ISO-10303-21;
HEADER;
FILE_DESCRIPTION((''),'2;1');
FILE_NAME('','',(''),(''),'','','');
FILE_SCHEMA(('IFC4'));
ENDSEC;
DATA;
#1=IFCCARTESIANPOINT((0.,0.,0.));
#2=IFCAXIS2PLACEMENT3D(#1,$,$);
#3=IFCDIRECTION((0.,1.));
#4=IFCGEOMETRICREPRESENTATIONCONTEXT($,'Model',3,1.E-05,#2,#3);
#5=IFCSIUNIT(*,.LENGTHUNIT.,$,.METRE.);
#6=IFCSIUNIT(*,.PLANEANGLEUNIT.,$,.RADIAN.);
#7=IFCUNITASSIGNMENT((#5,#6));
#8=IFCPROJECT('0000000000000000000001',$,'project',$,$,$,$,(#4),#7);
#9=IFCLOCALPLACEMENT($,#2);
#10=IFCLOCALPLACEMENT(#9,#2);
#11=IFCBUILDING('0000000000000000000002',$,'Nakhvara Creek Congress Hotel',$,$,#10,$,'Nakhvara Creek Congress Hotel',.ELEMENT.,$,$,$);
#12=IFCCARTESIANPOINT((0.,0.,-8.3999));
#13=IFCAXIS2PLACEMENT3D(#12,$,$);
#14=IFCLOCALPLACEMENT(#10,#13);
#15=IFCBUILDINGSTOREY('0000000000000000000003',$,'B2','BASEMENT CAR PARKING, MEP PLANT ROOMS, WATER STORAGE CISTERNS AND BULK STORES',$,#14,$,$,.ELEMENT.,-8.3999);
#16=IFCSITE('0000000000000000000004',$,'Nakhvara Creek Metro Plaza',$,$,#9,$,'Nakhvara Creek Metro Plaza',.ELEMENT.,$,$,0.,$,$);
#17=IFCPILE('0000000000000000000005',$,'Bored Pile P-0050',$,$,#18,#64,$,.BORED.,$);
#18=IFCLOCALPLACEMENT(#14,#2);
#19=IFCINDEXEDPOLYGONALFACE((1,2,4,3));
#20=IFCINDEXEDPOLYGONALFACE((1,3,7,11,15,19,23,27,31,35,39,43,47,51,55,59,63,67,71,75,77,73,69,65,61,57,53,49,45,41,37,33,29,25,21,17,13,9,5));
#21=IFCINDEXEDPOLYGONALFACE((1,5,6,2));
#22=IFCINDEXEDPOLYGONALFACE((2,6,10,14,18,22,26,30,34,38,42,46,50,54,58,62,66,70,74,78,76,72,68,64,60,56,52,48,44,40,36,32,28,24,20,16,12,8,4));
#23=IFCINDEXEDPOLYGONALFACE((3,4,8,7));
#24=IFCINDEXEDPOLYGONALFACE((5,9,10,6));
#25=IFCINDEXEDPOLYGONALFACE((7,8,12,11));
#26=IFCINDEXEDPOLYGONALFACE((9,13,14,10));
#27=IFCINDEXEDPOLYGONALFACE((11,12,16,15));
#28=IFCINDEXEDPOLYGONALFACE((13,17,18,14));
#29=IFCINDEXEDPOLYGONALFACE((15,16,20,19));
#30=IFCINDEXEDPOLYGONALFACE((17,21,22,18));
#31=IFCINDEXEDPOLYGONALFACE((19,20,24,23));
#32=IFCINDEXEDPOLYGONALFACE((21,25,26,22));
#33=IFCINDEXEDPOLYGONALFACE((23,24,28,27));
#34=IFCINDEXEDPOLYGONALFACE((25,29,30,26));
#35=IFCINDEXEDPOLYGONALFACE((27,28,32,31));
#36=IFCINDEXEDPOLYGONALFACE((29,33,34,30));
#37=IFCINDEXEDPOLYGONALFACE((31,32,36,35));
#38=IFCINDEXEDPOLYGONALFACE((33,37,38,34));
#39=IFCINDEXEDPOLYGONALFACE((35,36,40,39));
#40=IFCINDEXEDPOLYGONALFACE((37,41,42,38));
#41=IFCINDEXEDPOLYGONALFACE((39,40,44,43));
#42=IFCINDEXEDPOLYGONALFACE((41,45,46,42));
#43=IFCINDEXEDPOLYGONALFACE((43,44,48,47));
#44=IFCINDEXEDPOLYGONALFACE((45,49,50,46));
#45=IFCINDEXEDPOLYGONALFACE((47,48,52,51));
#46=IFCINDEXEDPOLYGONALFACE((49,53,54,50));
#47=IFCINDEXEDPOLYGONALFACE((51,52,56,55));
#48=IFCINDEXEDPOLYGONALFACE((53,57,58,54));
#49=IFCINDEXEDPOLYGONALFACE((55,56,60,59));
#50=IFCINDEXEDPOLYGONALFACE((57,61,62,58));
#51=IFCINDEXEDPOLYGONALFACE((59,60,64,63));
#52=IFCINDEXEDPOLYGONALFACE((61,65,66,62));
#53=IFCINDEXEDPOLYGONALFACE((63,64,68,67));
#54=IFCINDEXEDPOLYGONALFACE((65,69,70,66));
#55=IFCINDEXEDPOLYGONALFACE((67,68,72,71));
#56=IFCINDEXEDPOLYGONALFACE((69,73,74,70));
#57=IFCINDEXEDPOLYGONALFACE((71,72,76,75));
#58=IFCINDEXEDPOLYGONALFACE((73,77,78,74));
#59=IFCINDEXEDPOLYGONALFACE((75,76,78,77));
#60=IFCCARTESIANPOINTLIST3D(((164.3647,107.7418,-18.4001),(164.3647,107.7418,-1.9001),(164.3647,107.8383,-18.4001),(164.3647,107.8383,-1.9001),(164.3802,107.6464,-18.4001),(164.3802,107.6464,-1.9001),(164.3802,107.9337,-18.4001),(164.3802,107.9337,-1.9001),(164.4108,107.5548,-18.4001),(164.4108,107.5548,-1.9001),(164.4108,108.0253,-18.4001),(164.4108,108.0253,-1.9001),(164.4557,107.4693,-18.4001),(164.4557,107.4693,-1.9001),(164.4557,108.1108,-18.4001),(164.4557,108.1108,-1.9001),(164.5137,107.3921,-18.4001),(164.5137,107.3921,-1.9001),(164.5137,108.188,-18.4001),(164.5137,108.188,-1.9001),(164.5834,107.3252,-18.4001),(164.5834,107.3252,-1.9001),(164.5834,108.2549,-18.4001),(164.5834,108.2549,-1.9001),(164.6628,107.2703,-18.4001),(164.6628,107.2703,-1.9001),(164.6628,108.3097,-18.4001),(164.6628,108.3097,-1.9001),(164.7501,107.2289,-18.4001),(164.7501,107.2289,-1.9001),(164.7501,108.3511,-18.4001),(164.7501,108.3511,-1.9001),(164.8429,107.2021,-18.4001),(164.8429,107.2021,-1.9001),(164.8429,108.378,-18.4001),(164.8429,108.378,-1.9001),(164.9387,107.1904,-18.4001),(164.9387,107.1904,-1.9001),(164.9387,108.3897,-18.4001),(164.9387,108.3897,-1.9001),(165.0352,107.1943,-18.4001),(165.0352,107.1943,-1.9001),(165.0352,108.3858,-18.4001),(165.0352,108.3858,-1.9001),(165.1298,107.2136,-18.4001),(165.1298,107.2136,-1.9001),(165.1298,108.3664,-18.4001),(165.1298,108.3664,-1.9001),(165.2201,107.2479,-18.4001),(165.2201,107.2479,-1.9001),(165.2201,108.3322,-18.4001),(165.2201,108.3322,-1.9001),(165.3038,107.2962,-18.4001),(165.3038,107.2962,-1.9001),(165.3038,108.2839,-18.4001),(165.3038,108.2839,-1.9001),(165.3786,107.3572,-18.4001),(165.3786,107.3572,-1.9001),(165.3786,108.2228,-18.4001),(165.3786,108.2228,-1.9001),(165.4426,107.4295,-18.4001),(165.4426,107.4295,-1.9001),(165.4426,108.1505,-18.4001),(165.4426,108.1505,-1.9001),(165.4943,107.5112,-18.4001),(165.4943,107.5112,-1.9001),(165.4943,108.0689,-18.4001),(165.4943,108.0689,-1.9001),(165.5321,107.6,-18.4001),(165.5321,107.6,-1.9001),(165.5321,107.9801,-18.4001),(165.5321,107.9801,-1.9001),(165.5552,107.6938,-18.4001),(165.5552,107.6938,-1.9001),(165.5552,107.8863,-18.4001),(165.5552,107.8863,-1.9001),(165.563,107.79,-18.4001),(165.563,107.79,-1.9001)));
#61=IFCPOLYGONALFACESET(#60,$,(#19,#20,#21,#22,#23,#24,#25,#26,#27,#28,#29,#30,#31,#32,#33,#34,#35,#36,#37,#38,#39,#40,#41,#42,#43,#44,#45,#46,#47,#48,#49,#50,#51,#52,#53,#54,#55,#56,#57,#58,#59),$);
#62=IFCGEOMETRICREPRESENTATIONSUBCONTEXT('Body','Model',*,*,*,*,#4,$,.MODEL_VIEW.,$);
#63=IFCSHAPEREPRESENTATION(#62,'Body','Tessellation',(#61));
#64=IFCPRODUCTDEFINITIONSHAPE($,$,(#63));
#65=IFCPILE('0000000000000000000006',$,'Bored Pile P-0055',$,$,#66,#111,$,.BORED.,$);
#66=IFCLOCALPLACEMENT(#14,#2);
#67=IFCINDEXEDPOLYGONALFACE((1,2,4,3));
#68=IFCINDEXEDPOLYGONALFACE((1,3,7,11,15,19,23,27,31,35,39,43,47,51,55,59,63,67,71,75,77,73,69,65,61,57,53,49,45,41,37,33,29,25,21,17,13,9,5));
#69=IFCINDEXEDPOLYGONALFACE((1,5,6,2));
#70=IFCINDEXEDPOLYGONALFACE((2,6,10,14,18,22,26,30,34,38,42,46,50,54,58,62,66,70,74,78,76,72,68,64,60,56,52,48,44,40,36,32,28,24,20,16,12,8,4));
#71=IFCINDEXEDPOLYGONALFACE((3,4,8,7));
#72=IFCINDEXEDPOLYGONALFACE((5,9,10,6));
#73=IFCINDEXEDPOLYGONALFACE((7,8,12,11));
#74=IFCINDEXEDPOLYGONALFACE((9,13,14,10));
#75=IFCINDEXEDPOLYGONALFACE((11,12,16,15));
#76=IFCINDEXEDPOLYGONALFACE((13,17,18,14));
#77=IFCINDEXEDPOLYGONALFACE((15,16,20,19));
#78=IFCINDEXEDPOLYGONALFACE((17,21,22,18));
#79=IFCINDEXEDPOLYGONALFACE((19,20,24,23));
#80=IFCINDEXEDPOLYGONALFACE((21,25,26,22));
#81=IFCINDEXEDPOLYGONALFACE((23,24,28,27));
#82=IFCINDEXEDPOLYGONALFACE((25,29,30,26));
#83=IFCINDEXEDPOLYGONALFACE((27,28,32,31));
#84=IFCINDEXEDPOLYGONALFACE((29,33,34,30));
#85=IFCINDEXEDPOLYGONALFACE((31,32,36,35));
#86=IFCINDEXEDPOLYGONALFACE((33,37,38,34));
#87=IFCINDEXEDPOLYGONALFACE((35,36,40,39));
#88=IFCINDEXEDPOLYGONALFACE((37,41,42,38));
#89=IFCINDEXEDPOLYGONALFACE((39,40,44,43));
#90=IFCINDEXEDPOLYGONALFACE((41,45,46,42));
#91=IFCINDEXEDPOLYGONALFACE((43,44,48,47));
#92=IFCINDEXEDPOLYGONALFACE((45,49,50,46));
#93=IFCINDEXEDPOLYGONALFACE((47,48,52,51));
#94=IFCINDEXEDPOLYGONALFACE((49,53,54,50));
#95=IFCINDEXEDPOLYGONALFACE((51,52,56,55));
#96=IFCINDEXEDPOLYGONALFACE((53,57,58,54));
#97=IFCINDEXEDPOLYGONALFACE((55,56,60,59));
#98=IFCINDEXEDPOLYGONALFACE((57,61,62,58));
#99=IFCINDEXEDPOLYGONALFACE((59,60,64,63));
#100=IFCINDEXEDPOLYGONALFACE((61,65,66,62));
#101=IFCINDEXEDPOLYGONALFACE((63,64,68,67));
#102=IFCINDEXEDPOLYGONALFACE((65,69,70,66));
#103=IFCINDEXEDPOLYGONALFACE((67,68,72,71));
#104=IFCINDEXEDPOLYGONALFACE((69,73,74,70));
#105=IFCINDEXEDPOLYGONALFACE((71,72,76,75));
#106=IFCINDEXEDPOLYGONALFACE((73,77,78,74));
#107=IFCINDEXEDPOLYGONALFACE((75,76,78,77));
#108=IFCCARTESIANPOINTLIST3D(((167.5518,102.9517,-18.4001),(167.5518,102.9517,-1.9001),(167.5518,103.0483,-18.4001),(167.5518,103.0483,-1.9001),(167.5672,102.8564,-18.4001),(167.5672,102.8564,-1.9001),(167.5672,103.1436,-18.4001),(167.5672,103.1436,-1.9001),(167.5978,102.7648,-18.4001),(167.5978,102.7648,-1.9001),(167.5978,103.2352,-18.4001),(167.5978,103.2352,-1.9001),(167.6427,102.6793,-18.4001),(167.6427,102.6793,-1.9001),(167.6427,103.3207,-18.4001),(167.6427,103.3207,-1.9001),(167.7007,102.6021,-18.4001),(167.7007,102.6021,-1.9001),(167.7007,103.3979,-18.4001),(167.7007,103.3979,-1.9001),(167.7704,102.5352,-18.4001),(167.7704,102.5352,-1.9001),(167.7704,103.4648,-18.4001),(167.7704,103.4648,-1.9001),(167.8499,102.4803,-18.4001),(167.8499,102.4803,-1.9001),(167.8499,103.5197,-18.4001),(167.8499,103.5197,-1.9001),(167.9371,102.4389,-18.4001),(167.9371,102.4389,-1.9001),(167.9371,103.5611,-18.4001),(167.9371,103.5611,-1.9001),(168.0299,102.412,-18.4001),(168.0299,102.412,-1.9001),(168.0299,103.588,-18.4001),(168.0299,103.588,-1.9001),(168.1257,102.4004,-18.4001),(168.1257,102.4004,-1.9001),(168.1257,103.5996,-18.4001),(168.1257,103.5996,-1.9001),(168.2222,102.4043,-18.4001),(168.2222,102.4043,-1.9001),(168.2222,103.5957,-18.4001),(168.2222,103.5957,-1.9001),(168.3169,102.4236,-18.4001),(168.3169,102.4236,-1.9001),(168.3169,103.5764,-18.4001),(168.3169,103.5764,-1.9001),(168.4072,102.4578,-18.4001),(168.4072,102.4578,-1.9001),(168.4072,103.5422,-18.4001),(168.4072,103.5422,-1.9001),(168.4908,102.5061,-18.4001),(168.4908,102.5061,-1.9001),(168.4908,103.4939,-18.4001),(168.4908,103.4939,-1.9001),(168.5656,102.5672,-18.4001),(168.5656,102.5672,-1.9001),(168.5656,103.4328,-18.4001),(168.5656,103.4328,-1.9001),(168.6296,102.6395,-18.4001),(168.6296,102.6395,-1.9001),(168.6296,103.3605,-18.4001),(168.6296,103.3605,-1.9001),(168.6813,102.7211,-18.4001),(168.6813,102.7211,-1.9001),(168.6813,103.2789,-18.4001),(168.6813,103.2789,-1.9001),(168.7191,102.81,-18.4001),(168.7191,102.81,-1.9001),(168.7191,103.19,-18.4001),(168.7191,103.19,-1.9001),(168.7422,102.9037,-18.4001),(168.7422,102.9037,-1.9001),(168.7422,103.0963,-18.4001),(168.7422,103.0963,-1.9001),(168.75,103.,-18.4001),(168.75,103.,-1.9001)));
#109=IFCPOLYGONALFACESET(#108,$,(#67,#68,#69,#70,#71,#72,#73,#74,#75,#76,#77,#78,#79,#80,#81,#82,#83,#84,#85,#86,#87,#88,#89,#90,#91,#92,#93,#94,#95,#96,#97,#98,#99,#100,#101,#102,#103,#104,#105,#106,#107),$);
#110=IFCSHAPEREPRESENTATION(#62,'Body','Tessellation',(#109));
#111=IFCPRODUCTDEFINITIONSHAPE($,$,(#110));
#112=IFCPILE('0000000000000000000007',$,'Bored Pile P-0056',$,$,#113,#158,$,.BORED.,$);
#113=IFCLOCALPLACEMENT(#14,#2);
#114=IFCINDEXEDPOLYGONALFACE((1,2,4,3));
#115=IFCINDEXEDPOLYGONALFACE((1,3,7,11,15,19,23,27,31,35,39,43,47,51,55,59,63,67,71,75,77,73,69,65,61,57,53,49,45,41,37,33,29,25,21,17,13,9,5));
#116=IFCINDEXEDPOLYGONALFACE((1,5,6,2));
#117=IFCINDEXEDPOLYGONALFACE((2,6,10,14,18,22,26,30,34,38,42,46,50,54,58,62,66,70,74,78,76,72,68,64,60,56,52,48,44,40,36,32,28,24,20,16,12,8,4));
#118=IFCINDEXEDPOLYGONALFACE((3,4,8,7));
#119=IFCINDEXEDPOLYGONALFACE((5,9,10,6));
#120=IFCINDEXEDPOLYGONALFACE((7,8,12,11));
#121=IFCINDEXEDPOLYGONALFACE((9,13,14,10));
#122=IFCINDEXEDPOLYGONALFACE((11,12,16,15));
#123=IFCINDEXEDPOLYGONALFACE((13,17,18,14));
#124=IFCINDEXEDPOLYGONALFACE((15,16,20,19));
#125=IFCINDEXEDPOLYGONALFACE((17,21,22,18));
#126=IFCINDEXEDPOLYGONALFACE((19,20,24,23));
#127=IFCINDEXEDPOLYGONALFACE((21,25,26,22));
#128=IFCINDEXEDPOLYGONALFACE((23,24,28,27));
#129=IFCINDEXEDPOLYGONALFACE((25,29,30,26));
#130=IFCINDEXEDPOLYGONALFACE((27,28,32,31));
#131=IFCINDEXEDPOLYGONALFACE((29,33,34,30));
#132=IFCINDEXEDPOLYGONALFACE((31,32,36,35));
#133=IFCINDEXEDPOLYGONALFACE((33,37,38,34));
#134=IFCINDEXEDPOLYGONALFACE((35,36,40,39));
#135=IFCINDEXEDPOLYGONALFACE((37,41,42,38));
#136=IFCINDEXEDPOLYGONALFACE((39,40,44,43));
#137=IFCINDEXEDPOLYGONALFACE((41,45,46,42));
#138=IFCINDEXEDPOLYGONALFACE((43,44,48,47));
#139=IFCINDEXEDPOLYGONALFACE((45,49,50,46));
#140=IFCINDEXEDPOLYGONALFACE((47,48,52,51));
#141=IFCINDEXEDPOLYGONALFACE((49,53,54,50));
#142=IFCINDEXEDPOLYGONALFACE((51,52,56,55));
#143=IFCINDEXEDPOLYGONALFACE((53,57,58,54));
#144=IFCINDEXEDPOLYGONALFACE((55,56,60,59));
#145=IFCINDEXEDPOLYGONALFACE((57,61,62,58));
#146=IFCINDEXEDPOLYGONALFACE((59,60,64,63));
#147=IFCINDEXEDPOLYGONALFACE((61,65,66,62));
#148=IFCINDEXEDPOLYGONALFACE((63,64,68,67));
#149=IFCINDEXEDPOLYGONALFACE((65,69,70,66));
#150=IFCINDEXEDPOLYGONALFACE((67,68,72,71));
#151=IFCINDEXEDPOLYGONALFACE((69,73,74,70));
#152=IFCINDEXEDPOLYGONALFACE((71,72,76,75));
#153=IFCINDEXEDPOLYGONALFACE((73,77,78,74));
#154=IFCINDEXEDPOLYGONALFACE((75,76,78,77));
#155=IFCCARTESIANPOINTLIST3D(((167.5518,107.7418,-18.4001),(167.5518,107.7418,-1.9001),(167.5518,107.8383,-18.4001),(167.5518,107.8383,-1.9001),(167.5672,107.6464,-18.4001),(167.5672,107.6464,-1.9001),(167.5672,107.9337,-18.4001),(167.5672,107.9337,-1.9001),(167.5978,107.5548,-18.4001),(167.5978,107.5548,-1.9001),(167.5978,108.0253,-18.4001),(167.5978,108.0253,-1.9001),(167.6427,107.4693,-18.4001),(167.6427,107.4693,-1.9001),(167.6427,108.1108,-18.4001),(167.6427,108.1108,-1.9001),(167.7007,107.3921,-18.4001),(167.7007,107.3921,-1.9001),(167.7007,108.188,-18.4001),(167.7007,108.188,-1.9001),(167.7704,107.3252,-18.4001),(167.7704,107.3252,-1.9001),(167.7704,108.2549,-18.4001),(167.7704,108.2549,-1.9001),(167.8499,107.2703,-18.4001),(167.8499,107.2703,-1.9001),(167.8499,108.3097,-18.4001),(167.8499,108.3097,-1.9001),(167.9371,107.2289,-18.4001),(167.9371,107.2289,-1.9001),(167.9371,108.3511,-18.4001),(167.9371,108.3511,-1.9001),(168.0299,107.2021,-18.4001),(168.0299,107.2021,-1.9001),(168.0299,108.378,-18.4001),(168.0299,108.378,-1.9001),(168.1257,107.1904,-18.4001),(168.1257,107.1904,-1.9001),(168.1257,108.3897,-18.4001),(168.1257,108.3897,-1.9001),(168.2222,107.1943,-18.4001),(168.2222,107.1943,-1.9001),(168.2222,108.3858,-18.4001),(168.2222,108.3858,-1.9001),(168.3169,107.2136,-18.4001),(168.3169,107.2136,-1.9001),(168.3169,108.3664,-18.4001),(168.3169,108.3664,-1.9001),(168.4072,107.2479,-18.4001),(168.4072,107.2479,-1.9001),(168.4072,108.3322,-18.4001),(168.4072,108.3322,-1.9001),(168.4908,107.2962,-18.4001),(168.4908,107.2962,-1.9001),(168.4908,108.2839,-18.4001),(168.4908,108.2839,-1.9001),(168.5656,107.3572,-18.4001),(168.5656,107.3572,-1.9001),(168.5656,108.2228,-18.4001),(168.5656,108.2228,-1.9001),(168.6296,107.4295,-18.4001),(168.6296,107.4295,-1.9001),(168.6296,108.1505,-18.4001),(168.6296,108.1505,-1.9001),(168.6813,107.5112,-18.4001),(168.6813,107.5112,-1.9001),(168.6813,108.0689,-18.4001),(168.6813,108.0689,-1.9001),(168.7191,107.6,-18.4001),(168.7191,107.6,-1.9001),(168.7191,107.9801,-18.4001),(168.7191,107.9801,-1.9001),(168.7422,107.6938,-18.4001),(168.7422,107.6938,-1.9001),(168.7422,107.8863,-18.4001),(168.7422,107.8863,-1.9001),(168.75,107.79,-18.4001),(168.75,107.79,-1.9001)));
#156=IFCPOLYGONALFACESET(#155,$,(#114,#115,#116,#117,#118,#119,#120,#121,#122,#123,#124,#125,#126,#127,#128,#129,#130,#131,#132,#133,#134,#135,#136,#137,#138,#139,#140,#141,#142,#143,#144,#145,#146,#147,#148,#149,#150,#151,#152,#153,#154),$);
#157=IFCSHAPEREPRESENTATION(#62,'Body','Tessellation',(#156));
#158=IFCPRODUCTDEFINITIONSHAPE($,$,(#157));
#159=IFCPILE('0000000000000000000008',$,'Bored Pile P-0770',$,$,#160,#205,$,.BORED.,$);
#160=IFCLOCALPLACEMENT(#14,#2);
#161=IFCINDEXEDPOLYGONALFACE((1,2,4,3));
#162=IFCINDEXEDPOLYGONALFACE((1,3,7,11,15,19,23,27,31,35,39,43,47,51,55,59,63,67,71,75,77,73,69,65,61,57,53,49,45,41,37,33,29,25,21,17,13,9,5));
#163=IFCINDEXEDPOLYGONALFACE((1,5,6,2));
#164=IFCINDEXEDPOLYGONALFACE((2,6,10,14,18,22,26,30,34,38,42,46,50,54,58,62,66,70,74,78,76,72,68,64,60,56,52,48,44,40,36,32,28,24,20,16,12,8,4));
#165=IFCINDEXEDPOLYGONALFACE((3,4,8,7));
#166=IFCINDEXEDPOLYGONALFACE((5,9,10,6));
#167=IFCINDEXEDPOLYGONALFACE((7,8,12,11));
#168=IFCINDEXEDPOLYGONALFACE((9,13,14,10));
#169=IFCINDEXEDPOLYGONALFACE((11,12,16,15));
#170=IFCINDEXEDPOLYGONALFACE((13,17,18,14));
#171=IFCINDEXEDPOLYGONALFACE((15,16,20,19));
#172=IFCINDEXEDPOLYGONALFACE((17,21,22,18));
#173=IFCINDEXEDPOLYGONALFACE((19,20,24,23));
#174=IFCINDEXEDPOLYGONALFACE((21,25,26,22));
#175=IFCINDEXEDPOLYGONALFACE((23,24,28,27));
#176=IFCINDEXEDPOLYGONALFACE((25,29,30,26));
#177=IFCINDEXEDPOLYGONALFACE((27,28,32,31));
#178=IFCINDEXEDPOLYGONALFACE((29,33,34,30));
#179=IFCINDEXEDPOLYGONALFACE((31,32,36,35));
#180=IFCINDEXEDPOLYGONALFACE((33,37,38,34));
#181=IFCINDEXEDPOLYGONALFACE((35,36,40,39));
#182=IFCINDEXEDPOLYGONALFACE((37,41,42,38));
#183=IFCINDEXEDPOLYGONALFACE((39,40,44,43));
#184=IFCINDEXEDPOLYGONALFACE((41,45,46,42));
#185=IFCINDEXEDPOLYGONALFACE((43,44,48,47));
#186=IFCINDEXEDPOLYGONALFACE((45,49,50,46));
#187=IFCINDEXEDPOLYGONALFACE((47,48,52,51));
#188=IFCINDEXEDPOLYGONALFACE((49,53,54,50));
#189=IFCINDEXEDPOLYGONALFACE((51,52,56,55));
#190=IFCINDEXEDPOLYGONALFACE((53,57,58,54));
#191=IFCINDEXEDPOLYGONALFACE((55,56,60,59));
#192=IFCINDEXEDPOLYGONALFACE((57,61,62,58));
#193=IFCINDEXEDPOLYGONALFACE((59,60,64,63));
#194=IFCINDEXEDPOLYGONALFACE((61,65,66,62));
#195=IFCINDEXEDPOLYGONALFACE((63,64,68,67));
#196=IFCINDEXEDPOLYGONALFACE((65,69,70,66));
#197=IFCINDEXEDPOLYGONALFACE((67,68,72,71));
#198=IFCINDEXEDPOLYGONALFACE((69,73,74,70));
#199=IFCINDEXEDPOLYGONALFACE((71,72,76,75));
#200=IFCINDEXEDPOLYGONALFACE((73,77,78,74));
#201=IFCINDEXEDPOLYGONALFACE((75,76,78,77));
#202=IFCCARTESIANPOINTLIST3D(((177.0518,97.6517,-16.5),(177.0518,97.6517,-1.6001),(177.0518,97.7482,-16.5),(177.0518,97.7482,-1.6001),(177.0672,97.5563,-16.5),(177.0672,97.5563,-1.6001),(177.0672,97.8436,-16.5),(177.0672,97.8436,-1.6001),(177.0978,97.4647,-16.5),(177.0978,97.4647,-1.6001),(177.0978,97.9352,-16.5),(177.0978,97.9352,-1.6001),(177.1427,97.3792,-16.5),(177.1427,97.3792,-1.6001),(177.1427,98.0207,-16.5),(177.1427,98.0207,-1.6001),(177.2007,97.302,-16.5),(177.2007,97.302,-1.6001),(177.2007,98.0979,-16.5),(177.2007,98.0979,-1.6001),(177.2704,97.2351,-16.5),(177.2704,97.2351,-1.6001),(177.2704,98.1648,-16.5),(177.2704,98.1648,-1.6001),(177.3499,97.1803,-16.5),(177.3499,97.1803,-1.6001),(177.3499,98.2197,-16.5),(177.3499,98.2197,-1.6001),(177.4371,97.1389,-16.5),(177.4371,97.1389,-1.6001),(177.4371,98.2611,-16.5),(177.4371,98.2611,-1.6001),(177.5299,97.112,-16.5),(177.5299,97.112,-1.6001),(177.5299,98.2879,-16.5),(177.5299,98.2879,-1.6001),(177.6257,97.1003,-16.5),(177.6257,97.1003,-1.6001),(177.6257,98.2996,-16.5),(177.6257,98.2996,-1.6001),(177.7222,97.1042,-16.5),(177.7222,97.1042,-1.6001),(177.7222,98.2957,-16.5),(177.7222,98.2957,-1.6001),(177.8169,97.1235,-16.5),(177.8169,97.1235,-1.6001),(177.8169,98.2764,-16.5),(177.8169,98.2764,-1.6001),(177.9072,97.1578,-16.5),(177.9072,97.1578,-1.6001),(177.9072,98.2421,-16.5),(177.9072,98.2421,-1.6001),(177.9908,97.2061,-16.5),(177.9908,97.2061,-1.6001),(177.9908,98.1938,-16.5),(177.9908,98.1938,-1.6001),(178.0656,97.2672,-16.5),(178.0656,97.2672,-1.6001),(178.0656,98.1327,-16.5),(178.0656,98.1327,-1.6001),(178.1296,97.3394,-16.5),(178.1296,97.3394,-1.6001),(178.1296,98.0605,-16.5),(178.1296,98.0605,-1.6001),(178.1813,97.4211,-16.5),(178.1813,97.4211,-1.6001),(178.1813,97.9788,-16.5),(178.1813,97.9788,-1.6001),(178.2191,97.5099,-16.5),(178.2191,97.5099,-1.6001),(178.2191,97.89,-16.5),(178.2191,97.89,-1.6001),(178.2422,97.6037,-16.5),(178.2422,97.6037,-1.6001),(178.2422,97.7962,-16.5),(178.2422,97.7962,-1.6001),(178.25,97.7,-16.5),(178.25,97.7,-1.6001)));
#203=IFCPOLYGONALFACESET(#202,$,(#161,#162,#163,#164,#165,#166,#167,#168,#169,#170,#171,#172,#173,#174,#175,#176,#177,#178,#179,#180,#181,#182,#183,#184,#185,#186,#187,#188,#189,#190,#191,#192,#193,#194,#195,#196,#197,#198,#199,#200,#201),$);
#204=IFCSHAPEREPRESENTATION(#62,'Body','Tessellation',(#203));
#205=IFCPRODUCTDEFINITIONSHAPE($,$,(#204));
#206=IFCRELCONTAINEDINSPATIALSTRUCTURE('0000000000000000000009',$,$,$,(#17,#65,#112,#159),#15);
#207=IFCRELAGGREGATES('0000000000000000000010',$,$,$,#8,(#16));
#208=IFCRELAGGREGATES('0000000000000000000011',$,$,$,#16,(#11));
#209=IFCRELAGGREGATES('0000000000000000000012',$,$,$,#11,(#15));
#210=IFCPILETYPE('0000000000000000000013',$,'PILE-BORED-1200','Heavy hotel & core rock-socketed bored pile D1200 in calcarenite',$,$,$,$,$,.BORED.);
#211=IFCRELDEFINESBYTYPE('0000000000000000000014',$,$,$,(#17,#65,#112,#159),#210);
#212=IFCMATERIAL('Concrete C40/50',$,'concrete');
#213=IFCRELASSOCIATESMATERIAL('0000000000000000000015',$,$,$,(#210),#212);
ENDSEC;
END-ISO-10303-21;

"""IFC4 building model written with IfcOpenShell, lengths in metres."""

from ifc_helpers import new_model, si_unit, direction, frame, origin, origin_2d, place, context, subcontext, project, spatial, circle, extrude, material, material_profile, profile_set, type_object, element, save


model = new_model("IFC4")

# Units and contexts
model_context = context("Model", 3, precision=1e-05, world=origin(), true_north=direction((0.0, 1.0)))
body_context = subcontext(model_context, "Body", "Model", "MODEL_VIEW")
ifc_project = project(units=[si_unit("LENGTHUNIT", "METRE"), si_unit("PLANEANGLEUNIT", "RADIAN")], contexts=[model_context])

# Site, building, storey
site_placement = place(None, origin())
site = spatial("IfcSite", under=ifc_project, at=site_placement, Name="Nakhvara Creek Metro Plaza", LongName="Nakhvara Creek Metro Plaza", CompositionType="ELEMENT", RefElevation=0.0)
building_placement = place(site_placement, origin())
building = spatial("IfcBuilding", under=site, at=building_placement, Name="Nakhvara Creek Congress Hotel", LongName="Nakhvara Creek Congress Hotel", CompositionType="ELEMENT")
storey_placement = place(building_placement, frame((0.0, 0.0, -8.3999)))
storey = spatial("IfcBuildingStorey", under=building, at=storey_placement, Name="B2", Description="BASEMENT CAR PARKING, MEP PLANT ROOMS, WATER STORAGE CISTERNS AND BULK STORES", CompositionType="ELEMENT", Elevation=-8.3999)

# Shared definitions
ifc_material_1 = material(Name="Concrete C40/50", Category="concrete")

# Piles
ifc_material_profile_1 = material_profile(ifc_material_1, circle(Radius=0.6001, at=origin_2d()), Name="BORED PILE D1200", Category="LoadBearing")
ifc_profile_set_1 = profile_set([ifc_material_profile_1], Name="Concrete C40/50")
pile_type = type_object("IfcPileType", Name="PILE-BORED-1200", Description="Heavy hotel & core rock-socketed bored pile D1200 in calcarenite", PredefinedType="BORED", material=ifc_profile_set_1)
for number, where, z_axis, x_axis, name in (
    (1, (164.9629, 107.79, -1.9001), (0.0, 0.0, -1.0), (1.0, 0.0, 0.0), "Bored Pile P-0050"),
    (2, (168.1499, 103.0, -1.9001), (0.0, 0.0, -1.0), (1.0, 0.0, 0.0), "Bored Pile P-0055"),
    (3, (168.1499, 107.79, -1.9001), (0.0, 0.0, -1.0), (1.0, 0.0, 0.0), "Bored Pile P-0056"),
):
    element("IfcPile", number, at=place(storey_placement, frame(where, z_axis=z_axis, x_axis=x_axis)), inside=storey, type_object=pile_type, Name=name, PredefinedType="BORED", context=body_context, shape_type="SweptSolid", body=[
        extrude(circle(Radius=0.6001, at=origin_2d()), origin(), (0.0, 0.0, 1.0), 16.5),
    ])
for number, where, z_axis, x_axis, name in (
    (4, (177.6499, 97.7, -1.6001), (0.0, 0.0, -1.0), (1.0, 0.0, 0.0), "Bored Pile P-0770"),
):
    element("IfcPile", number, at=place(storey_placement, frame(where, z_axis=z_axis, x_axis=x_axis)), inside=storey, type_object=pile_type, Name=name, PredefinedType="BORED", context=body_context, shape_type="SweptSolid", body=[
        extrude(circle(Radius=0.6001, at=origin_2d()), origin(), (0.0, 0.0, 1.0), 14.8999),
    ])

save(model, "model.ifc")
